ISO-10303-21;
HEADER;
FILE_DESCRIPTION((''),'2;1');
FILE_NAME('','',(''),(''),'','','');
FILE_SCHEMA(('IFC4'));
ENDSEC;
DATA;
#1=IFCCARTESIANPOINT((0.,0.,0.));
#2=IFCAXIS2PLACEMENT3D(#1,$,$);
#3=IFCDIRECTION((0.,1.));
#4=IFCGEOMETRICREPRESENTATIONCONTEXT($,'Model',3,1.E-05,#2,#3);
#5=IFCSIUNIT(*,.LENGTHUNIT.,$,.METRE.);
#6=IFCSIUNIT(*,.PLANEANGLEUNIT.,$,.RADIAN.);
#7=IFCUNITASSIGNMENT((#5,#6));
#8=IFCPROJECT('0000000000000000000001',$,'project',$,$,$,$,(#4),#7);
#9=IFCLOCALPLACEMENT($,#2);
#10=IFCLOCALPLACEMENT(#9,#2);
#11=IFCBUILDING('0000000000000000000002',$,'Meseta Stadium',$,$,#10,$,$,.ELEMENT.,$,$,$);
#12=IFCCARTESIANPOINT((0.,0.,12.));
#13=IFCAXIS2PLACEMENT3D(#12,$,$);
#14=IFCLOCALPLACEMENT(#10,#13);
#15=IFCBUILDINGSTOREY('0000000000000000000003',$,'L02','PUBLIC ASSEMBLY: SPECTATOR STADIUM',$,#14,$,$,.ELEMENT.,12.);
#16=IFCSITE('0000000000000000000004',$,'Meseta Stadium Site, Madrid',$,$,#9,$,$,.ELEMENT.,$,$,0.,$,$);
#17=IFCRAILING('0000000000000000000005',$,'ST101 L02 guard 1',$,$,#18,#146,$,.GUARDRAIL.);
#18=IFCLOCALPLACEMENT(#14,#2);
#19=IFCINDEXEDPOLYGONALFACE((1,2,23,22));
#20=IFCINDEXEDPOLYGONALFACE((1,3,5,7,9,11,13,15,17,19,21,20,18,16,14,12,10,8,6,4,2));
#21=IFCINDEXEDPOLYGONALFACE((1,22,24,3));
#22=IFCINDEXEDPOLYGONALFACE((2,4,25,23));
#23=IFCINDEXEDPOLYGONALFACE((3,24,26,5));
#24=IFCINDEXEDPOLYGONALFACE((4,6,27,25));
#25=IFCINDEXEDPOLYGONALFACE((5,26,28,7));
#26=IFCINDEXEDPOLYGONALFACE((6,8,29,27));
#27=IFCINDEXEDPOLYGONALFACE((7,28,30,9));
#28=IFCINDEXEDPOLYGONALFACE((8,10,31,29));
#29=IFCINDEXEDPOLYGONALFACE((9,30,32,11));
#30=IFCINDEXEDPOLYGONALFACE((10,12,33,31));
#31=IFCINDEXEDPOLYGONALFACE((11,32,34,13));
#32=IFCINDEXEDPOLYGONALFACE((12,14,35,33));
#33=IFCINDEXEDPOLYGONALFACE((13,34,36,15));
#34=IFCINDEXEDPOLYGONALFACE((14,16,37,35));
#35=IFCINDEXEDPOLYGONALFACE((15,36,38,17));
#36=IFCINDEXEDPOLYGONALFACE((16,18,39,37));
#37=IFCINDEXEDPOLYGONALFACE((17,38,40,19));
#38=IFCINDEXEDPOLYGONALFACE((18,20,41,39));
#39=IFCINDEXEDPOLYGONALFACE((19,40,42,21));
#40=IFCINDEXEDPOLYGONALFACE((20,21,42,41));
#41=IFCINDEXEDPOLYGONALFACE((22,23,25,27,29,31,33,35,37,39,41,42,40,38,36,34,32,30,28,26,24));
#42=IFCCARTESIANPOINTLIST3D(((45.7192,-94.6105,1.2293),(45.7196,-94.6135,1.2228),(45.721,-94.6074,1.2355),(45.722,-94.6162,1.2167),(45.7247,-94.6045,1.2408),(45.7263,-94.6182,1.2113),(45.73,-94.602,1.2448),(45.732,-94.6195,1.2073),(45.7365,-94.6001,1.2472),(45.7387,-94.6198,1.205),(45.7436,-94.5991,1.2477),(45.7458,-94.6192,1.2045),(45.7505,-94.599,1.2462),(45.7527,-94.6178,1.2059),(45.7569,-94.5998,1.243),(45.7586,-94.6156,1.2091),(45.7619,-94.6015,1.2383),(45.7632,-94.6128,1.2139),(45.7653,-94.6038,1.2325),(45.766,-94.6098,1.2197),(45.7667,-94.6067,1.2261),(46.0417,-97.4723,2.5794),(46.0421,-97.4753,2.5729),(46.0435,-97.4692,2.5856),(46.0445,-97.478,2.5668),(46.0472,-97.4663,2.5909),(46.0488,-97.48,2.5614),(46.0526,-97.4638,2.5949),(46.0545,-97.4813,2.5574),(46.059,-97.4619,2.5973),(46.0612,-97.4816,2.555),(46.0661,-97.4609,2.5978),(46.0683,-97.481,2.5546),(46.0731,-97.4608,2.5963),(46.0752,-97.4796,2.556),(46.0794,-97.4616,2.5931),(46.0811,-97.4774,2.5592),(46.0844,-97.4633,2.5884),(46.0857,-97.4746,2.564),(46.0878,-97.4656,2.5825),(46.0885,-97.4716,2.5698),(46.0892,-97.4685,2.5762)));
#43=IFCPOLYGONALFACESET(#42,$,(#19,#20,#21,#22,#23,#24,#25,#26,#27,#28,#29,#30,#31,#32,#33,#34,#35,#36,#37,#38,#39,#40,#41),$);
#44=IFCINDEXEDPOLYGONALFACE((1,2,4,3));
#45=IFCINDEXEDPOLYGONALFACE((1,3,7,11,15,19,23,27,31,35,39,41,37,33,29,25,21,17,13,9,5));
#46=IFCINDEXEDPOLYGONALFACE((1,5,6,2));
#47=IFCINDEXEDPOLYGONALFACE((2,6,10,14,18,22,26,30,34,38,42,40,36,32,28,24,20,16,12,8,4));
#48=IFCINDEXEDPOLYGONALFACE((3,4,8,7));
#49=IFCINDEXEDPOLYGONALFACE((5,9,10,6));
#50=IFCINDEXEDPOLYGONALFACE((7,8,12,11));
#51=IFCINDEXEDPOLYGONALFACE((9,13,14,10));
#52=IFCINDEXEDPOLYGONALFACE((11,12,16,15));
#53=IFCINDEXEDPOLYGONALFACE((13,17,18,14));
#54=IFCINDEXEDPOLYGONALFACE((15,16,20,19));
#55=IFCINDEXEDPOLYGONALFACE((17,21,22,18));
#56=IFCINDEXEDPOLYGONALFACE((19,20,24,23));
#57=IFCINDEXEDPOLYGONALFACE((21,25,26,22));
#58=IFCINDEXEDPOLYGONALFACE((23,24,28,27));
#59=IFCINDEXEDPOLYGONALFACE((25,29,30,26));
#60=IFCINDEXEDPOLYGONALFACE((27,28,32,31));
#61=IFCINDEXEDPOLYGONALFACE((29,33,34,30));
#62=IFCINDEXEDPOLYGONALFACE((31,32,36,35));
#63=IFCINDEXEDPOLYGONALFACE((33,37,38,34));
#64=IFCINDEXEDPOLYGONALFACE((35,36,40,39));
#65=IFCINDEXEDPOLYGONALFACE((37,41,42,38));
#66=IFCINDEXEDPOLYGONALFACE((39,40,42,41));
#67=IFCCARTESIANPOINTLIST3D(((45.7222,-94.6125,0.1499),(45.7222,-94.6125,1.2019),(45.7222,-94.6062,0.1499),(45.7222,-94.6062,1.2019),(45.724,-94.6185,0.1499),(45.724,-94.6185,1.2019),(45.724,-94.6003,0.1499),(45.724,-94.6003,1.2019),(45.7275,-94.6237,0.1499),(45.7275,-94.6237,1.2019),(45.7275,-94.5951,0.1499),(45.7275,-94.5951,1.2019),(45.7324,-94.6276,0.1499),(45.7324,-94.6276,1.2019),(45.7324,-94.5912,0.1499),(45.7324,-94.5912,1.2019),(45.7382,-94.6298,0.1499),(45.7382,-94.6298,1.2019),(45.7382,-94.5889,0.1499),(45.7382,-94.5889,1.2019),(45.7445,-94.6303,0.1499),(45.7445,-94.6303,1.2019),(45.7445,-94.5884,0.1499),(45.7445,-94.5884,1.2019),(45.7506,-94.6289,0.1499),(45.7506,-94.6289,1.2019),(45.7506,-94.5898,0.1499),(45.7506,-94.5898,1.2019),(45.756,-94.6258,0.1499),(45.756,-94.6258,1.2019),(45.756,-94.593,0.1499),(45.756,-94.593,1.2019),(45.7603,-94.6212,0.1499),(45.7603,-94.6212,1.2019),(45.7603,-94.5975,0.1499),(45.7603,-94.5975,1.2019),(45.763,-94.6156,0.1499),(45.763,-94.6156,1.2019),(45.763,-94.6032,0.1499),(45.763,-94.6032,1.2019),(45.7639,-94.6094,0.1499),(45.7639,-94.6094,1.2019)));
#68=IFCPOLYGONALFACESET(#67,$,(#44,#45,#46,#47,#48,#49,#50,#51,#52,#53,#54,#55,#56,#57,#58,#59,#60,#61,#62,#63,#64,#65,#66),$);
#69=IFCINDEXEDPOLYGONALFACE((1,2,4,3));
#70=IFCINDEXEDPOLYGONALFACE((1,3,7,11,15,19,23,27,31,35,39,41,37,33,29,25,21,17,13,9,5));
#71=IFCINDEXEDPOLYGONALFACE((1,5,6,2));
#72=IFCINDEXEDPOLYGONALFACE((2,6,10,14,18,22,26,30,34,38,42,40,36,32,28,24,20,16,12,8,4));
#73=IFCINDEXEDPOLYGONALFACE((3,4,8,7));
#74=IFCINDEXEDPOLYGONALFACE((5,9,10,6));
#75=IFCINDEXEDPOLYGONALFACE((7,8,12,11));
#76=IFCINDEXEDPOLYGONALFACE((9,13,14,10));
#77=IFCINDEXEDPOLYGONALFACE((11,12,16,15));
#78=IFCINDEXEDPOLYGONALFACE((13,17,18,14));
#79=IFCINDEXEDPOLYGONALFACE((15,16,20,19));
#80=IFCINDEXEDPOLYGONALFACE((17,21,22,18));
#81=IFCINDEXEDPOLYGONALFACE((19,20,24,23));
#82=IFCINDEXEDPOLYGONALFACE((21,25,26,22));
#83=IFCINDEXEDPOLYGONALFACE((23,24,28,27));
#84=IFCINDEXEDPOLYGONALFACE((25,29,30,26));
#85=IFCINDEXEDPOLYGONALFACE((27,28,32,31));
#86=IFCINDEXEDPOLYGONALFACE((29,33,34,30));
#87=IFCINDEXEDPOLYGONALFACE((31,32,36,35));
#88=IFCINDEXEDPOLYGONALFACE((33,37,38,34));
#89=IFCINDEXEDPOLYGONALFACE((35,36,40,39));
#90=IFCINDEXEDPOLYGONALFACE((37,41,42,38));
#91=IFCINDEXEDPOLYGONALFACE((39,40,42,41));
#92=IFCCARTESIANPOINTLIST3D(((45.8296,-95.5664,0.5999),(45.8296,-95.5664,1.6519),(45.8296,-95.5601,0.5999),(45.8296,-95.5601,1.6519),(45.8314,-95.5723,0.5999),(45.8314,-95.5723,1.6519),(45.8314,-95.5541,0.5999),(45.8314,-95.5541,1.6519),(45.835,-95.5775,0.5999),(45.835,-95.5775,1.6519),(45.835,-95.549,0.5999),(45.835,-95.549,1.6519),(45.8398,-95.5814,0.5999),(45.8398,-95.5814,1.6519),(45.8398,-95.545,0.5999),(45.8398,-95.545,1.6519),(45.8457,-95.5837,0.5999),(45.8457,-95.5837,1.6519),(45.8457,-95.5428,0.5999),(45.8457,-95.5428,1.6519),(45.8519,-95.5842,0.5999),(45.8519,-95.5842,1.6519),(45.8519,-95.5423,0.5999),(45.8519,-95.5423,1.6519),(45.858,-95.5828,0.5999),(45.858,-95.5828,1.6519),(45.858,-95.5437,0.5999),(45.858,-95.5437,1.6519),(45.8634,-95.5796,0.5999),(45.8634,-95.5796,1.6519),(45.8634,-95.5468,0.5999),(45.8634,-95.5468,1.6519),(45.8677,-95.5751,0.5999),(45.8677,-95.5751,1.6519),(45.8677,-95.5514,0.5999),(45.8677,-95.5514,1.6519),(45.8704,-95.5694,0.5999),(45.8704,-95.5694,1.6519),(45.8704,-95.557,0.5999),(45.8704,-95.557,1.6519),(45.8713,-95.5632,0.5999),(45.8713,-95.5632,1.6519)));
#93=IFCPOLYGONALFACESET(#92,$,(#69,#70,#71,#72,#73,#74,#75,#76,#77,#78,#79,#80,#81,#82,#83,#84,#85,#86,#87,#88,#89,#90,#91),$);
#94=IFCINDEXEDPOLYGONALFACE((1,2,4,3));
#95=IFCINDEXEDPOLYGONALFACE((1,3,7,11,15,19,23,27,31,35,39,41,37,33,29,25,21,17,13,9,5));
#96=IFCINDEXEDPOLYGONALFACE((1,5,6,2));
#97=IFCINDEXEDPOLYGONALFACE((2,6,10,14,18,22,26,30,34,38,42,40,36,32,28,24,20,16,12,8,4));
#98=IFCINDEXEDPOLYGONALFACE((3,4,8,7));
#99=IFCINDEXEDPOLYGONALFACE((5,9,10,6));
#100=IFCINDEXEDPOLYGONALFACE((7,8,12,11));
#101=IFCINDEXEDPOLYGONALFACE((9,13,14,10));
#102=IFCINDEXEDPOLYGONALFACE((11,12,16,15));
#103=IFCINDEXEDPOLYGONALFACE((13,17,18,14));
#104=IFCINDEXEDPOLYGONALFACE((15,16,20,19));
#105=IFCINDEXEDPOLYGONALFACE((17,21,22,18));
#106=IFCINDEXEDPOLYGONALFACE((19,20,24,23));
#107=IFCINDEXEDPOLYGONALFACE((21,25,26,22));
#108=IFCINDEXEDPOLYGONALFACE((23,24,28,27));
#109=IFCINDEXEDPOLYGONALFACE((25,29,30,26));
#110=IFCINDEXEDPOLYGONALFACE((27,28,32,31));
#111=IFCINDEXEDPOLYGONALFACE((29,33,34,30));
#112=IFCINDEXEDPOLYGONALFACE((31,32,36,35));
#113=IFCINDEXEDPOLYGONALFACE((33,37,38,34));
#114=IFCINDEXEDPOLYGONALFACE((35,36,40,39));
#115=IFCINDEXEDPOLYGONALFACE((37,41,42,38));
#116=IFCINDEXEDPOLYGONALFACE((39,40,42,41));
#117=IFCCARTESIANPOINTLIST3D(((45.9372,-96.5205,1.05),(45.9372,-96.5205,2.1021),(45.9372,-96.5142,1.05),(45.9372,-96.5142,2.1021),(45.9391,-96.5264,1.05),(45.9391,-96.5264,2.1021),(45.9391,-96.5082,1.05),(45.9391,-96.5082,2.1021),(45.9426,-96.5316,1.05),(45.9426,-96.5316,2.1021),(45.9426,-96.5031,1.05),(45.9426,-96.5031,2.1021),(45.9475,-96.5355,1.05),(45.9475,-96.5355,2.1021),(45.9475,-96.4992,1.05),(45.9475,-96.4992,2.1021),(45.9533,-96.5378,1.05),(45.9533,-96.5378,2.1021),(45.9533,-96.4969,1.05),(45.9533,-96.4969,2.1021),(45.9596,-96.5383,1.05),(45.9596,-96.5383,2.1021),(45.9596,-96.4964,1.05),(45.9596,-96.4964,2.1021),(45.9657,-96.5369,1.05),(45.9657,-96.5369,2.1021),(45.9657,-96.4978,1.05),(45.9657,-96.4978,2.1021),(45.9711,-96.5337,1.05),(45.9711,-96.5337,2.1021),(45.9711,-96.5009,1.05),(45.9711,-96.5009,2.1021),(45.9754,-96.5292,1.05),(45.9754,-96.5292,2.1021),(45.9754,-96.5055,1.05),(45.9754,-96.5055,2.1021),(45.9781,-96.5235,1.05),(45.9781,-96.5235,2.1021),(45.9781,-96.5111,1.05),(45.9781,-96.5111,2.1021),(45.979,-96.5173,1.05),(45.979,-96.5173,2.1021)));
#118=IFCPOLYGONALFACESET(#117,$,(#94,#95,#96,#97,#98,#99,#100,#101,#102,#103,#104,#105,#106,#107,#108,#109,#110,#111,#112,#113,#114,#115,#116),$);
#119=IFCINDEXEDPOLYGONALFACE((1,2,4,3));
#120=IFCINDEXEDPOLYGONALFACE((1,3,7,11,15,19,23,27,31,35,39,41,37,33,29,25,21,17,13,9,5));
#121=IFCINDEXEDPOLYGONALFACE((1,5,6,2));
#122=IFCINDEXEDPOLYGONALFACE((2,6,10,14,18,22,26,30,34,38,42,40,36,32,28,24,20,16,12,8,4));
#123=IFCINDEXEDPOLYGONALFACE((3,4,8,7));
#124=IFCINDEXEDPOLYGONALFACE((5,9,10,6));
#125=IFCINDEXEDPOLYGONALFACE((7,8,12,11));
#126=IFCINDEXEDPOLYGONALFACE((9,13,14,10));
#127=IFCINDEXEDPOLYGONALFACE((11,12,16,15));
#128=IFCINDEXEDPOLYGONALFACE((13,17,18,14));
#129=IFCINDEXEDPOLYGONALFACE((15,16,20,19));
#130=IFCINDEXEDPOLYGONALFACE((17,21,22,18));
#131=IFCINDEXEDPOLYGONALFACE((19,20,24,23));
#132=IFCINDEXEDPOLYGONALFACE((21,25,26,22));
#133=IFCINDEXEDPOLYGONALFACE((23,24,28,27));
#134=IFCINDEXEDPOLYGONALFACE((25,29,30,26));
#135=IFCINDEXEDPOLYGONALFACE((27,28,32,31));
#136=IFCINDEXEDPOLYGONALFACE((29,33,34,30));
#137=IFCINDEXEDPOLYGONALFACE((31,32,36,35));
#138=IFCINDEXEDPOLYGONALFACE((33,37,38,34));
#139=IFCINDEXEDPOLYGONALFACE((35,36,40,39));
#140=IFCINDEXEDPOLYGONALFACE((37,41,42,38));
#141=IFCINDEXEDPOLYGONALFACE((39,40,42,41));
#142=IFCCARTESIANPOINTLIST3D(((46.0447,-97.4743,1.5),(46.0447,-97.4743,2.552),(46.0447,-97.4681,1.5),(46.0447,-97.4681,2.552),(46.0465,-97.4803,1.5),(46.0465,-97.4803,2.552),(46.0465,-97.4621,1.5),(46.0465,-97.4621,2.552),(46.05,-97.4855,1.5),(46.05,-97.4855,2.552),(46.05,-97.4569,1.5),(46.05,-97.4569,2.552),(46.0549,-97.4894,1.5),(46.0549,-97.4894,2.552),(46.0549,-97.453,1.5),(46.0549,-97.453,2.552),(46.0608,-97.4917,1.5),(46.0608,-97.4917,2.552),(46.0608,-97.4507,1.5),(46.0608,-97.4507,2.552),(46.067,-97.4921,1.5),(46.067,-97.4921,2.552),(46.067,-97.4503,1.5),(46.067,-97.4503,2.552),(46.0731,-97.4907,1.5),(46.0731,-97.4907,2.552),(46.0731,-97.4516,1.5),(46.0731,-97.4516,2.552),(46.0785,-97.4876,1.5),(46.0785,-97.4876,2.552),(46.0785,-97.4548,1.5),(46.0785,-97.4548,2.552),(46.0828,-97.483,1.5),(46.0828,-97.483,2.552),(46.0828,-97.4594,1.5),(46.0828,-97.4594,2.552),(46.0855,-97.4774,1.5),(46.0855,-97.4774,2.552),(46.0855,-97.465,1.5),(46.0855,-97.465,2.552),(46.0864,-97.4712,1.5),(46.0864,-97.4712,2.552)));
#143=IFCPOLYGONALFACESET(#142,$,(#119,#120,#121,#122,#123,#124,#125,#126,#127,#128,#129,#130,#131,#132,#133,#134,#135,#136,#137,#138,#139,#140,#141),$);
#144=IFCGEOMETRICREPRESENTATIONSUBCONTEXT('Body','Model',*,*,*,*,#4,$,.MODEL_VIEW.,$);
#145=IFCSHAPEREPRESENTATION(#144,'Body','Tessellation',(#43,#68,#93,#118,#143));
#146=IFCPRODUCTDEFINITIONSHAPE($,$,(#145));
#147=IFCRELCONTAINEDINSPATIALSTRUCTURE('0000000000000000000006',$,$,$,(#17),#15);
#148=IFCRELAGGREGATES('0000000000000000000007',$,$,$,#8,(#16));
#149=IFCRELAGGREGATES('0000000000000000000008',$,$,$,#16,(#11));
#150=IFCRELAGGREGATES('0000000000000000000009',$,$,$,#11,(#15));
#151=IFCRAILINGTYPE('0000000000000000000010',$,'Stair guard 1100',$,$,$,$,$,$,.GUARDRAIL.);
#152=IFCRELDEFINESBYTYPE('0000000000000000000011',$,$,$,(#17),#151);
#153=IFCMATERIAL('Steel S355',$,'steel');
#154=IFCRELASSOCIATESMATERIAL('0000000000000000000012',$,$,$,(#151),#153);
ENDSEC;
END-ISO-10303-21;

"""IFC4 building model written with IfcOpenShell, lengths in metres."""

from ifc_helpers import new_model, si_unit, direction, frame, origin, origin_2d, place, context, subcontext, project, spatial, circle, extrude, material, type_object, element, save


model = new_model("IFC4")

# Units and contexts
model_context = context("Model", 3, precision=1e-05, world=origin(), true_north=direction((0.0, 1.0)))
body_context = subcontext(model_context, "Body", "Model", "MODEL_VIEW")
ifc_project = project(units=[si_unit("LENGTHUNIT", "METRE"), si_unit("PLANEANGLEUNIT", "RADIAN")], contexts=[model_context])

# Site, building, storey
site_placement = place(None, origin())
site = spatial("IfcSite", under=ifc_project, at=site_placement, Name="Meseta Stadium Site, Madrid", CompositionType="ELEMENT", RefElevation=0.0)
building_placement = place(site_placement, origin())
building = spatial("IfcBuilding", under=site, at=building_placement, Name="Meseta Stadium", CompositionType="ELEMENT")
storey_placement = place(building_placement, frame((0.0, 0.0, 12.0)))
storey = spatial("IfcBuildingStorey", under=building, at=storey_placement, Name="L02", Description="PUBLIC ASSEMBLY: SPECTATOR STADIUM", CompositionType="ELEMENT", Elevation=12.0)

# Railing
ifc_material_1 = material(Name="Steel S355", Category="steel")
railing_type_1 = type_object("IfcRailingType", Name="Stair guard 1100", PredefinedType="GUARDRAIL", material=ifc_material_1)
railing_1_placement = place(storey_placement, frame((45.7429, -94.6094, 0.1499)))
element("IfcRailing", 1, at=railing_1_placement, inside=storey, type_object=railing_type_1, Name="ST101 L02 guard 1", PredefinedType="GUARDRAIL", context=body_context, shape_type="SweptSolid", body=[
    extrude(circle(Radius=0.0239, at=origin_2d()), frame((0.0, 0.0, 1.0762), z_axis=(0.101396, -0.899748, 0.424467), x_axis=(0.99371, 0.111985, 0.0)), (0.0, 0.0, 1.0), 3.1807),
    extrude(circle(Radius=0.021, at=origin_2d()), origin(), (0.0, 0.0, 1.0), 1.052),
    extrude(circle(Radius=0.021, at=origin_2d()), frame((0.1074, -0.9539, 0.45)), (0.0, 0.0, 1.0), 1.052),
    extrude(circle(Radius=0.021, at=origin_2d()), frame((0.2151, -1.908, 0.9001)), (0.0, 0.0, 1.0), 1.052),
    extrude(circle(Radius=0.021, at=origin_2d()), frame((0.3225, -2.8618, 1.3501)), (0.0, 0.0, 1.0), 1.052),
])

save(model, "model.ifc")
